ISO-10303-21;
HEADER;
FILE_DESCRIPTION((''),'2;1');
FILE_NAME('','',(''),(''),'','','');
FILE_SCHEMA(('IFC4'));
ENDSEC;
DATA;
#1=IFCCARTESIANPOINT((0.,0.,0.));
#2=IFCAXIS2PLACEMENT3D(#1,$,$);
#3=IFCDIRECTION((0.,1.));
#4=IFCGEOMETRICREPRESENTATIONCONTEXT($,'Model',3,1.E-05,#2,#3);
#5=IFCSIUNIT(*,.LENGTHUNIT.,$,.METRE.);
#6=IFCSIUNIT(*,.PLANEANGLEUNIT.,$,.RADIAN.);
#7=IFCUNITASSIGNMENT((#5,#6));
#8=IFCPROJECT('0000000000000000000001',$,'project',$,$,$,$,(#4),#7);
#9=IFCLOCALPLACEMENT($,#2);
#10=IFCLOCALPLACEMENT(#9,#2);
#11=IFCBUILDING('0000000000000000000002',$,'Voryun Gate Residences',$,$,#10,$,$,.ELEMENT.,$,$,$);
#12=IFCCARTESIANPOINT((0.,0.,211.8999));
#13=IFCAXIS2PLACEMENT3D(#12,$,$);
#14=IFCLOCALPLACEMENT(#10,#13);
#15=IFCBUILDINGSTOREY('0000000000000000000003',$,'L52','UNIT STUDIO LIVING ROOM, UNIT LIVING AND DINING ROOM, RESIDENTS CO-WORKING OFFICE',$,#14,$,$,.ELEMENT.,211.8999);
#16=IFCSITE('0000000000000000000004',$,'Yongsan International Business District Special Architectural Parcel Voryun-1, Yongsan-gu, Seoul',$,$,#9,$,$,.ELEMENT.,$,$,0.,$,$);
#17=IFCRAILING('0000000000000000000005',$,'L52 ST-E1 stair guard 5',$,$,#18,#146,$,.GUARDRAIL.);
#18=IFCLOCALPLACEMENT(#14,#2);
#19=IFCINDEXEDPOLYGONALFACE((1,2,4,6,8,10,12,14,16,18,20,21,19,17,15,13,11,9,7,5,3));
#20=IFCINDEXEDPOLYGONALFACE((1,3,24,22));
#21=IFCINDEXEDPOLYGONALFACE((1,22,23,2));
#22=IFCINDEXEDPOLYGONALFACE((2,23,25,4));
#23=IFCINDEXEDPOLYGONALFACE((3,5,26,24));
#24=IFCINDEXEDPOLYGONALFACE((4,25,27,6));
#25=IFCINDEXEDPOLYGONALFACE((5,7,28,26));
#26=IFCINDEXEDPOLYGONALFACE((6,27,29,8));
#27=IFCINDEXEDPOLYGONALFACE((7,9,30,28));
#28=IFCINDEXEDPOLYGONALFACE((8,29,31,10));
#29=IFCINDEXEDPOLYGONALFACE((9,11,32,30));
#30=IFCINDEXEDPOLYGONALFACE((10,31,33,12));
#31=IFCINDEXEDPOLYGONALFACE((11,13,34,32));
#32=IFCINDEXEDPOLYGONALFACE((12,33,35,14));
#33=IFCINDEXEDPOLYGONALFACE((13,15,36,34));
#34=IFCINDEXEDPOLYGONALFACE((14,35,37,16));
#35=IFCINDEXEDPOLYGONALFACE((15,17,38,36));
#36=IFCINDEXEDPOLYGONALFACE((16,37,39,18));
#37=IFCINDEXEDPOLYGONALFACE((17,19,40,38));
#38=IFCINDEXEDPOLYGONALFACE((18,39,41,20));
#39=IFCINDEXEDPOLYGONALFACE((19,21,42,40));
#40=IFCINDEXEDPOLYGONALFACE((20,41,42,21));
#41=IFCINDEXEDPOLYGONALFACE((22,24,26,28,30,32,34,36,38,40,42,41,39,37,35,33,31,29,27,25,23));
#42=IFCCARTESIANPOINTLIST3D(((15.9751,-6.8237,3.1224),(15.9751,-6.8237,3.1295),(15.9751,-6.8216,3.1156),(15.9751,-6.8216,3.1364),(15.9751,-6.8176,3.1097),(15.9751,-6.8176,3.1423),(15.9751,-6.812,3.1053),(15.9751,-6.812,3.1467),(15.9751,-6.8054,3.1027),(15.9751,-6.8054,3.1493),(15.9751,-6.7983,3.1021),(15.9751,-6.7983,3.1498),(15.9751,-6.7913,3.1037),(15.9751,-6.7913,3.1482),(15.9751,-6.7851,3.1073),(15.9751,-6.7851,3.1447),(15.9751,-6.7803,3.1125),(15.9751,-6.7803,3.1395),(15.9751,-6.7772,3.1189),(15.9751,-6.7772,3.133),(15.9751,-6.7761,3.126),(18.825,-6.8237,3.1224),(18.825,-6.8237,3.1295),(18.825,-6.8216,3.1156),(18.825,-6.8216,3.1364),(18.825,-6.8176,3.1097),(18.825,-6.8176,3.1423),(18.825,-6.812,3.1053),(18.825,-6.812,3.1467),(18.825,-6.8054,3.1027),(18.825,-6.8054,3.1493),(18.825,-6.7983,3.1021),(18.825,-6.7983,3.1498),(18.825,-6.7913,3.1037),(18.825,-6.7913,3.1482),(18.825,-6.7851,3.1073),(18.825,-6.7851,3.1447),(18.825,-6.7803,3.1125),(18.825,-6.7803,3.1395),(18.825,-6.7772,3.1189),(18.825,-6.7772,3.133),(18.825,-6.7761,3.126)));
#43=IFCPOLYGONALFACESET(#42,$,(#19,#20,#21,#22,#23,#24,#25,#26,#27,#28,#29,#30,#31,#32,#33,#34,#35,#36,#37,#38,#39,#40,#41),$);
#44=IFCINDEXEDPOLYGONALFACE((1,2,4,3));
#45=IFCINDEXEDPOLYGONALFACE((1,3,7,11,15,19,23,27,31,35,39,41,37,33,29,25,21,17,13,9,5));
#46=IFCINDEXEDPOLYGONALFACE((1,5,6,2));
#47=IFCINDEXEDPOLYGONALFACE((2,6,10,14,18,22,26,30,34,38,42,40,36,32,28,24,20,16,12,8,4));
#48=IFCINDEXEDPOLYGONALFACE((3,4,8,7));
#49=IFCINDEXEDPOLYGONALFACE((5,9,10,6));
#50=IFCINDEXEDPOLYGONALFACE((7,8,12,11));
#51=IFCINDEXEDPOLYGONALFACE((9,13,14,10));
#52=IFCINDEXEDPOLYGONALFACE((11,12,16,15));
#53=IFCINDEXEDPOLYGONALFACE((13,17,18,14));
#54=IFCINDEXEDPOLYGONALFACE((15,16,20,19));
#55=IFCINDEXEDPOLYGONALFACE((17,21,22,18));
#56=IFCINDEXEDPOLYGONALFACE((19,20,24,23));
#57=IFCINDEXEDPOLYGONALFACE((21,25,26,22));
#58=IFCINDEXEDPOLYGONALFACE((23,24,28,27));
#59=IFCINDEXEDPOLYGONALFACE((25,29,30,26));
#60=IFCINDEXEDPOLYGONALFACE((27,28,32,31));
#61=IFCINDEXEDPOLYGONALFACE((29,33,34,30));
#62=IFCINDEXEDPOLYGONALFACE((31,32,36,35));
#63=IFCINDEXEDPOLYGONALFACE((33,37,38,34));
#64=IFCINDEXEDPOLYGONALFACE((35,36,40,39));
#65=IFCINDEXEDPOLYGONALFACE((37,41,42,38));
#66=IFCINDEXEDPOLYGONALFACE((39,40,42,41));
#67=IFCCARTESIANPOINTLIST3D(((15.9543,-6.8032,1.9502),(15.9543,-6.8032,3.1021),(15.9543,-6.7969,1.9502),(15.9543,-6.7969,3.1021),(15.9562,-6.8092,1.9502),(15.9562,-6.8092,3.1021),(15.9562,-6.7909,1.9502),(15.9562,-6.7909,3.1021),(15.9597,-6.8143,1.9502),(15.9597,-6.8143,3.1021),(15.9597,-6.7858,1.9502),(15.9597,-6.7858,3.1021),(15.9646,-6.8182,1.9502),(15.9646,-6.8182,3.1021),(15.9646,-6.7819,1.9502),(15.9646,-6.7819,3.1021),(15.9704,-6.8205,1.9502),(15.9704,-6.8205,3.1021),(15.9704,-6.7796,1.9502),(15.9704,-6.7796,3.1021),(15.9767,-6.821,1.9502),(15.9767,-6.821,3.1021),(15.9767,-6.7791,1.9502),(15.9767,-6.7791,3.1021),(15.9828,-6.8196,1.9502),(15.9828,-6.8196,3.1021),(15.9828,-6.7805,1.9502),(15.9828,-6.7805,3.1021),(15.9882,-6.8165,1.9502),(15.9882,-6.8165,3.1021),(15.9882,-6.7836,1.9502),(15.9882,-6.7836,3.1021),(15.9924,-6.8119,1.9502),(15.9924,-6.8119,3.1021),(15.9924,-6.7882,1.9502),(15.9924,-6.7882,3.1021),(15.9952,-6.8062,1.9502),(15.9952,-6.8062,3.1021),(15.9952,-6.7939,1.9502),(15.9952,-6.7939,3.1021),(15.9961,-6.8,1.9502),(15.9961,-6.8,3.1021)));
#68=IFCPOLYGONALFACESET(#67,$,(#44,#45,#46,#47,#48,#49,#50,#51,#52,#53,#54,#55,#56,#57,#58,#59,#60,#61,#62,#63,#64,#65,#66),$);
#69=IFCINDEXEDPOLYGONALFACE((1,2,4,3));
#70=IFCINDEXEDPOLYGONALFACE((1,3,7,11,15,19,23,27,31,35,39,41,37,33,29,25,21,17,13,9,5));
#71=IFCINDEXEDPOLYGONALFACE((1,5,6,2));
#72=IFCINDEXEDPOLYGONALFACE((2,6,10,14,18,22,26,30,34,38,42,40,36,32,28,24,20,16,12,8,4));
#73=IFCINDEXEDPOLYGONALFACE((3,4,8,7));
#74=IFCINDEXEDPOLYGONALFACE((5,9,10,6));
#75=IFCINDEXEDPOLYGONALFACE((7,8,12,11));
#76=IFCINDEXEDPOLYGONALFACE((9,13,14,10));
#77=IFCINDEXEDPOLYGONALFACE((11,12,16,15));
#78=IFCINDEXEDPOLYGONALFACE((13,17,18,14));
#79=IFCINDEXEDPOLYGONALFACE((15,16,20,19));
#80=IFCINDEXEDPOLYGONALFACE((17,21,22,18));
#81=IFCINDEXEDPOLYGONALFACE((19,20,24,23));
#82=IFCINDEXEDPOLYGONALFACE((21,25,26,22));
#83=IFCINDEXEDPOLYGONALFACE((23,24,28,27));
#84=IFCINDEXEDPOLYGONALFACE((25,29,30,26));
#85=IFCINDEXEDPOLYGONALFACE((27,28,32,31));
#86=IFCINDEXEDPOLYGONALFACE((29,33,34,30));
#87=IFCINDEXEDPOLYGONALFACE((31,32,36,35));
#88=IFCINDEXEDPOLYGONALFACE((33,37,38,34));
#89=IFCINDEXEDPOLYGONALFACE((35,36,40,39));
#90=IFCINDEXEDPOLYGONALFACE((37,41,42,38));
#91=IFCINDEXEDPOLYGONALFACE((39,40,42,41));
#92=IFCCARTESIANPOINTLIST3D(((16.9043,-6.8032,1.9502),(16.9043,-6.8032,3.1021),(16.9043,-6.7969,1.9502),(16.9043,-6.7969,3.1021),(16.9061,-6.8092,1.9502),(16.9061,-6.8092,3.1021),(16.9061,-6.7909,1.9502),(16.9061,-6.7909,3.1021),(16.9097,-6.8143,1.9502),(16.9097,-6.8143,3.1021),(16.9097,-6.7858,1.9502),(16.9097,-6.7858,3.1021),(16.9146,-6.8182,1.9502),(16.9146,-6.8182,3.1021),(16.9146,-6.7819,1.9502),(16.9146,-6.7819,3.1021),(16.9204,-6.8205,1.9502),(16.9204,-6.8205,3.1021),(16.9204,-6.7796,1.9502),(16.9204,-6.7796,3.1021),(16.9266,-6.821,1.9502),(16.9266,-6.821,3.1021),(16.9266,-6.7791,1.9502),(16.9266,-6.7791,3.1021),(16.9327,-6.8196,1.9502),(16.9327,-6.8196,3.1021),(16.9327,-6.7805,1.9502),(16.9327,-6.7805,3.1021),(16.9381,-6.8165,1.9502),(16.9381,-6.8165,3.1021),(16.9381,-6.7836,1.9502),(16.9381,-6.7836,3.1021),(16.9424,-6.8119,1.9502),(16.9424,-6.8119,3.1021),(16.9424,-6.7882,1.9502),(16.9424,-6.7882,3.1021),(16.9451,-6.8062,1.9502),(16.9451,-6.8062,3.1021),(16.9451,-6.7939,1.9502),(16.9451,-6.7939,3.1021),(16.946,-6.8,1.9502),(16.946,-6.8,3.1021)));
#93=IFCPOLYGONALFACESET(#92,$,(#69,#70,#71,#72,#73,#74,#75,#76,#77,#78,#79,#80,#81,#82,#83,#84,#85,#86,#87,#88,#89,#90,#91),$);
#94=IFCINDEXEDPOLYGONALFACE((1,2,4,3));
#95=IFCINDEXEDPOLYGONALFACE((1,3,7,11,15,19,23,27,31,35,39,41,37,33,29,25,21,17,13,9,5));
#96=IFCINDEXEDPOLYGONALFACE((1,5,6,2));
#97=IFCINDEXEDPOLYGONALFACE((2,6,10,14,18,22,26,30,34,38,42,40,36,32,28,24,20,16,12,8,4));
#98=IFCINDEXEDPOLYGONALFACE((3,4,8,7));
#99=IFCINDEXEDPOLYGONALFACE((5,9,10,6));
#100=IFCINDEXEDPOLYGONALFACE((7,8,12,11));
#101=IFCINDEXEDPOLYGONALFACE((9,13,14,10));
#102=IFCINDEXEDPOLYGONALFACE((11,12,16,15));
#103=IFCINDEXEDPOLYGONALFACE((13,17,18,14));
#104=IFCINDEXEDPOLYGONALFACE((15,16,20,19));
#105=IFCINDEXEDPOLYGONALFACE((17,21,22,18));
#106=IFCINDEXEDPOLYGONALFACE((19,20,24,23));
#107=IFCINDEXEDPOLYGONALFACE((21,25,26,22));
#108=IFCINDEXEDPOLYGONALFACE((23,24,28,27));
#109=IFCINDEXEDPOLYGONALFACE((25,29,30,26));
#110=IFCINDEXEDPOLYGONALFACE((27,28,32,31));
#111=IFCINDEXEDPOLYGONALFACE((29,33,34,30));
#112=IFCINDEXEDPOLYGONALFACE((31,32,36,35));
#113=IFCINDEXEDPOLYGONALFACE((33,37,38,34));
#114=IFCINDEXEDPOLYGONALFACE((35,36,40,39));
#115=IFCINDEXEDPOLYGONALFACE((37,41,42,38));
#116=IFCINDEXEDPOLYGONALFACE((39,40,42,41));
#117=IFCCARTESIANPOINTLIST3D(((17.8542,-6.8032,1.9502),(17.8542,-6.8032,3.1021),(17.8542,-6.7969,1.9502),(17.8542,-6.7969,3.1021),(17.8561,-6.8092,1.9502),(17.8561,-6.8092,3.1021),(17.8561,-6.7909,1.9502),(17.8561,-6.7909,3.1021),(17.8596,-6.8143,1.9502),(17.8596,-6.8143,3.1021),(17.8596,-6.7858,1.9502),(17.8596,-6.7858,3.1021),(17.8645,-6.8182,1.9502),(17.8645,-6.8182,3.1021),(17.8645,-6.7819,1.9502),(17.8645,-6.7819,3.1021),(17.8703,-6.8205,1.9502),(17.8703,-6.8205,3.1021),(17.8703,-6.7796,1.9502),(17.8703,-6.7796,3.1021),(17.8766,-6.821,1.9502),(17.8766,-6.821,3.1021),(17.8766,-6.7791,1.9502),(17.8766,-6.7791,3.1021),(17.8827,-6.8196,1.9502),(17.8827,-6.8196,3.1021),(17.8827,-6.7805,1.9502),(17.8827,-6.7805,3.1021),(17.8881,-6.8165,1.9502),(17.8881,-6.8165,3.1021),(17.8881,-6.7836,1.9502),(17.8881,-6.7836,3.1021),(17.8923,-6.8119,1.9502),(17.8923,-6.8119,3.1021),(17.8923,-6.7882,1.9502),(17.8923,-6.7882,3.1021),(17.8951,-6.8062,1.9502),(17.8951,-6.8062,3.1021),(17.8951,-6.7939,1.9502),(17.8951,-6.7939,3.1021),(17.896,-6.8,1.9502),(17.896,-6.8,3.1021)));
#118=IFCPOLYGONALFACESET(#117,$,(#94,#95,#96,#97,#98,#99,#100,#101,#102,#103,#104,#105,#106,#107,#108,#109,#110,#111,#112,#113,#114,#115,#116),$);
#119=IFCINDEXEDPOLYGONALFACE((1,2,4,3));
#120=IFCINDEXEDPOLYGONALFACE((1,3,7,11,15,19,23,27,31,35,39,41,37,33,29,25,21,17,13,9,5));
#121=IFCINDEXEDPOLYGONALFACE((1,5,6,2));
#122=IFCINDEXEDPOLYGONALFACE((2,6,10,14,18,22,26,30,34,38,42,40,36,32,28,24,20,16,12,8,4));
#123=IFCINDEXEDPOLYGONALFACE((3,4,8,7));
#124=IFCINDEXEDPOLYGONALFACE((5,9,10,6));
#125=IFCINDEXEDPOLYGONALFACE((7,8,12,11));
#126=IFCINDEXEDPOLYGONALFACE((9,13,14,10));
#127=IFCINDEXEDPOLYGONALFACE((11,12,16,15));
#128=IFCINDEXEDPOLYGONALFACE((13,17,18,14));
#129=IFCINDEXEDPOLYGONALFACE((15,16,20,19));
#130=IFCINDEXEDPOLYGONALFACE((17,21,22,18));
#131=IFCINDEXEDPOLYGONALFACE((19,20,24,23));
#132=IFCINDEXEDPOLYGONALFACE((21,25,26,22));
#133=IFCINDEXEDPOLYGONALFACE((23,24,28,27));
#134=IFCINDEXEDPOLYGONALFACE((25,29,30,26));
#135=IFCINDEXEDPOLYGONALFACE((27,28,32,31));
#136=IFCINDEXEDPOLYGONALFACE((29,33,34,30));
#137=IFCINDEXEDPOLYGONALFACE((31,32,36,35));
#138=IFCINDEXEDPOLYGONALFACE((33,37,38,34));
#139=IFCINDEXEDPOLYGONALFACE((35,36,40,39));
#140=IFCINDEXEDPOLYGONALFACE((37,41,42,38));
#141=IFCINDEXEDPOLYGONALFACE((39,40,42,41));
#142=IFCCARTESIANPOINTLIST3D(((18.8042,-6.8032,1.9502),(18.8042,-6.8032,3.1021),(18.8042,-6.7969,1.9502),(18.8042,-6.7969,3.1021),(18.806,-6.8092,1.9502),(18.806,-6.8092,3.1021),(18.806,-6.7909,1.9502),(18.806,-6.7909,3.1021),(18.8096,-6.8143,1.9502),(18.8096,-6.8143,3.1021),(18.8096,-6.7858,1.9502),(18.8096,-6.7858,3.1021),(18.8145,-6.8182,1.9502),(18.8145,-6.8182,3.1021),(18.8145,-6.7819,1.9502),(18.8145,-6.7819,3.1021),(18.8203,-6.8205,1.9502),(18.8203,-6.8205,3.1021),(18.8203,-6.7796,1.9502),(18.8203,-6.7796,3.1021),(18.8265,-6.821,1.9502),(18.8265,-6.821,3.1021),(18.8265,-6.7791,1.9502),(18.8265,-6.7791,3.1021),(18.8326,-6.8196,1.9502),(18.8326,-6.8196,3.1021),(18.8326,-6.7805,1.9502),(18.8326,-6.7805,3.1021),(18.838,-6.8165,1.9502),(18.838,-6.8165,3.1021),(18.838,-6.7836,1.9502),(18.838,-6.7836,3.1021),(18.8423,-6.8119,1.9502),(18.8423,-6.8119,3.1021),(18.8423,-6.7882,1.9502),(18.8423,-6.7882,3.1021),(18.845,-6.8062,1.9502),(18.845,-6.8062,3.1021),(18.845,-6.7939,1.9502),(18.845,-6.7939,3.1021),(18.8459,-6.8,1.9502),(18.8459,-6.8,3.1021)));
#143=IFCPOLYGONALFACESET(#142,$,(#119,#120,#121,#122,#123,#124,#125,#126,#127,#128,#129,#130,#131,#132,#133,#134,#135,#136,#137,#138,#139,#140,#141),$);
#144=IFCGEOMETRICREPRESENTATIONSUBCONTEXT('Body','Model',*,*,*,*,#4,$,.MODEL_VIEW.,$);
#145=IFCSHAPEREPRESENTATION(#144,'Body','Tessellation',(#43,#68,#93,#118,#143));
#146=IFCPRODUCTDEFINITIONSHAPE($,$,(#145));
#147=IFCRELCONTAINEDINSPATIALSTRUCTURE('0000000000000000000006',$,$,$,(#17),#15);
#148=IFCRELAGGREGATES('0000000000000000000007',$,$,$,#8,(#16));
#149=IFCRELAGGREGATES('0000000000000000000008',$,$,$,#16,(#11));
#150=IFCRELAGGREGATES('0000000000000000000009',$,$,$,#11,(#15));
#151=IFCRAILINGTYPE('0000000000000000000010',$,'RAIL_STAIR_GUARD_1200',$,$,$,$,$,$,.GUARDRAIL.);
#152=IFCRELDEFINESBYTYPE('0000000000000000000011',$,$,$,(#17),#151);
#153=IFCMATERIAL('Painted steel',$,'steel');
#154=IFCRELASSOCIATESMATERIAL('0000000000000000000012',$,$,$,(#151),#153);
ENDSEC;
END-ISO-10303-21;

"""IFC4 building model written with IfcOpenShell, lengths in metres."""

from ifc_helpers import new_model, si_unit, direction, frame, origin, origin_2d, place, context, subcontext, project, spatial, circle, extrude, material, type_object, element, save


model = new_model("IFC4")

# Units and contexts
model_context = context("Model", 3, precision=1e-05, world=origin(), true_north=direction((0.0, 1.0)))
body_context = subcontext(model_context, "Body", "Model", "MODEL_VIEW")
ifc_project = project(units=[si_unit("LENGTHUNIT", "METRE"), si_unit("PLANEANGLEUNIT", "RADIAN")], contexts=[model_context])

# Site, building, storey
site_placement = place(None, origin())
site = spatial("IfcSite", under=ifc_project, at=site_placement, Name="Yongsan International Business District Special Architectural Parcel Voryun-1, Yongsan-gu, Seoul", CompositionType="ELEMENT", RefElevation=0.0)
building_placement = place(site_placement, origin())
building = spatial("IfcBuilding", under=site, at=building_placement, Name="Voryun Gate Residences", CompositionType="ELEMENT")
storey_placement = place(building_placement, frame((0.0, 0.0, 211.8999)))
storey = spatial("IfcBuildingStorey", under=building, at=storey_placement, Name="L52", Description="UNIT STUDIO LIVING ROOM, UNIT LIVING AND DINING ROOM, RESIDENTS CO-WORKING OFFICE", CompositionType="ELEMENT", Elevation=211.8999)

# Railing
ifc_material_1 = material(Name="Painted steel", Category="steel")
railing_type_1 = type_object("IfcRailingType", Name="RAIL_STAIR_GUARD_1200", PredefinedType="GUARDRAIL", material=ifc_material_1)
railing_1_placement = place(storey_placement, frame((15.9751, -6.8, 1.9502)))
element("IfcRailing", 1, at=railing_1_placement, inside=storey, type_object=railing_type_1, Name="L52 ST-E1 stair guard 5", PredefinedType="GUARDRAIL", context=body_context, shape_type="SweptSolid", body=[
    extrude(circle(Radius=0.0239, at=origin_2d()), frame((0.0, 0.0, 1.1758), z_axis=(1.0, 0.0, 0.0), x_axis=(0.0, 1.0, 0.0)), (0.0, 0.0, 1.0), 2.8499),
    extrude(circle(Radius=0.021, at=origin_2d()), origin(), (0.0, 0.0, 1.0), 1.1519),
    extrude(circle(Radius=0.021, at=origin_2d()), frame((0.95, 0.0, 0.0)), (0.0, 0.0, 1.0), 1.1519),
    extrude(circle(Radius=0.021, at=origin_2d()), frame((1.8999, 0.0, 0.0)), (0.0, 0.0, 1.0), 1.1519),
    extrude(circle(Radius=0.021, at=origin_2d()), frame((2.8499, 0.0, 0.0)), (0.0, 0.0, 1.0), 1.1519),
])

save(model, "model.ifc")
